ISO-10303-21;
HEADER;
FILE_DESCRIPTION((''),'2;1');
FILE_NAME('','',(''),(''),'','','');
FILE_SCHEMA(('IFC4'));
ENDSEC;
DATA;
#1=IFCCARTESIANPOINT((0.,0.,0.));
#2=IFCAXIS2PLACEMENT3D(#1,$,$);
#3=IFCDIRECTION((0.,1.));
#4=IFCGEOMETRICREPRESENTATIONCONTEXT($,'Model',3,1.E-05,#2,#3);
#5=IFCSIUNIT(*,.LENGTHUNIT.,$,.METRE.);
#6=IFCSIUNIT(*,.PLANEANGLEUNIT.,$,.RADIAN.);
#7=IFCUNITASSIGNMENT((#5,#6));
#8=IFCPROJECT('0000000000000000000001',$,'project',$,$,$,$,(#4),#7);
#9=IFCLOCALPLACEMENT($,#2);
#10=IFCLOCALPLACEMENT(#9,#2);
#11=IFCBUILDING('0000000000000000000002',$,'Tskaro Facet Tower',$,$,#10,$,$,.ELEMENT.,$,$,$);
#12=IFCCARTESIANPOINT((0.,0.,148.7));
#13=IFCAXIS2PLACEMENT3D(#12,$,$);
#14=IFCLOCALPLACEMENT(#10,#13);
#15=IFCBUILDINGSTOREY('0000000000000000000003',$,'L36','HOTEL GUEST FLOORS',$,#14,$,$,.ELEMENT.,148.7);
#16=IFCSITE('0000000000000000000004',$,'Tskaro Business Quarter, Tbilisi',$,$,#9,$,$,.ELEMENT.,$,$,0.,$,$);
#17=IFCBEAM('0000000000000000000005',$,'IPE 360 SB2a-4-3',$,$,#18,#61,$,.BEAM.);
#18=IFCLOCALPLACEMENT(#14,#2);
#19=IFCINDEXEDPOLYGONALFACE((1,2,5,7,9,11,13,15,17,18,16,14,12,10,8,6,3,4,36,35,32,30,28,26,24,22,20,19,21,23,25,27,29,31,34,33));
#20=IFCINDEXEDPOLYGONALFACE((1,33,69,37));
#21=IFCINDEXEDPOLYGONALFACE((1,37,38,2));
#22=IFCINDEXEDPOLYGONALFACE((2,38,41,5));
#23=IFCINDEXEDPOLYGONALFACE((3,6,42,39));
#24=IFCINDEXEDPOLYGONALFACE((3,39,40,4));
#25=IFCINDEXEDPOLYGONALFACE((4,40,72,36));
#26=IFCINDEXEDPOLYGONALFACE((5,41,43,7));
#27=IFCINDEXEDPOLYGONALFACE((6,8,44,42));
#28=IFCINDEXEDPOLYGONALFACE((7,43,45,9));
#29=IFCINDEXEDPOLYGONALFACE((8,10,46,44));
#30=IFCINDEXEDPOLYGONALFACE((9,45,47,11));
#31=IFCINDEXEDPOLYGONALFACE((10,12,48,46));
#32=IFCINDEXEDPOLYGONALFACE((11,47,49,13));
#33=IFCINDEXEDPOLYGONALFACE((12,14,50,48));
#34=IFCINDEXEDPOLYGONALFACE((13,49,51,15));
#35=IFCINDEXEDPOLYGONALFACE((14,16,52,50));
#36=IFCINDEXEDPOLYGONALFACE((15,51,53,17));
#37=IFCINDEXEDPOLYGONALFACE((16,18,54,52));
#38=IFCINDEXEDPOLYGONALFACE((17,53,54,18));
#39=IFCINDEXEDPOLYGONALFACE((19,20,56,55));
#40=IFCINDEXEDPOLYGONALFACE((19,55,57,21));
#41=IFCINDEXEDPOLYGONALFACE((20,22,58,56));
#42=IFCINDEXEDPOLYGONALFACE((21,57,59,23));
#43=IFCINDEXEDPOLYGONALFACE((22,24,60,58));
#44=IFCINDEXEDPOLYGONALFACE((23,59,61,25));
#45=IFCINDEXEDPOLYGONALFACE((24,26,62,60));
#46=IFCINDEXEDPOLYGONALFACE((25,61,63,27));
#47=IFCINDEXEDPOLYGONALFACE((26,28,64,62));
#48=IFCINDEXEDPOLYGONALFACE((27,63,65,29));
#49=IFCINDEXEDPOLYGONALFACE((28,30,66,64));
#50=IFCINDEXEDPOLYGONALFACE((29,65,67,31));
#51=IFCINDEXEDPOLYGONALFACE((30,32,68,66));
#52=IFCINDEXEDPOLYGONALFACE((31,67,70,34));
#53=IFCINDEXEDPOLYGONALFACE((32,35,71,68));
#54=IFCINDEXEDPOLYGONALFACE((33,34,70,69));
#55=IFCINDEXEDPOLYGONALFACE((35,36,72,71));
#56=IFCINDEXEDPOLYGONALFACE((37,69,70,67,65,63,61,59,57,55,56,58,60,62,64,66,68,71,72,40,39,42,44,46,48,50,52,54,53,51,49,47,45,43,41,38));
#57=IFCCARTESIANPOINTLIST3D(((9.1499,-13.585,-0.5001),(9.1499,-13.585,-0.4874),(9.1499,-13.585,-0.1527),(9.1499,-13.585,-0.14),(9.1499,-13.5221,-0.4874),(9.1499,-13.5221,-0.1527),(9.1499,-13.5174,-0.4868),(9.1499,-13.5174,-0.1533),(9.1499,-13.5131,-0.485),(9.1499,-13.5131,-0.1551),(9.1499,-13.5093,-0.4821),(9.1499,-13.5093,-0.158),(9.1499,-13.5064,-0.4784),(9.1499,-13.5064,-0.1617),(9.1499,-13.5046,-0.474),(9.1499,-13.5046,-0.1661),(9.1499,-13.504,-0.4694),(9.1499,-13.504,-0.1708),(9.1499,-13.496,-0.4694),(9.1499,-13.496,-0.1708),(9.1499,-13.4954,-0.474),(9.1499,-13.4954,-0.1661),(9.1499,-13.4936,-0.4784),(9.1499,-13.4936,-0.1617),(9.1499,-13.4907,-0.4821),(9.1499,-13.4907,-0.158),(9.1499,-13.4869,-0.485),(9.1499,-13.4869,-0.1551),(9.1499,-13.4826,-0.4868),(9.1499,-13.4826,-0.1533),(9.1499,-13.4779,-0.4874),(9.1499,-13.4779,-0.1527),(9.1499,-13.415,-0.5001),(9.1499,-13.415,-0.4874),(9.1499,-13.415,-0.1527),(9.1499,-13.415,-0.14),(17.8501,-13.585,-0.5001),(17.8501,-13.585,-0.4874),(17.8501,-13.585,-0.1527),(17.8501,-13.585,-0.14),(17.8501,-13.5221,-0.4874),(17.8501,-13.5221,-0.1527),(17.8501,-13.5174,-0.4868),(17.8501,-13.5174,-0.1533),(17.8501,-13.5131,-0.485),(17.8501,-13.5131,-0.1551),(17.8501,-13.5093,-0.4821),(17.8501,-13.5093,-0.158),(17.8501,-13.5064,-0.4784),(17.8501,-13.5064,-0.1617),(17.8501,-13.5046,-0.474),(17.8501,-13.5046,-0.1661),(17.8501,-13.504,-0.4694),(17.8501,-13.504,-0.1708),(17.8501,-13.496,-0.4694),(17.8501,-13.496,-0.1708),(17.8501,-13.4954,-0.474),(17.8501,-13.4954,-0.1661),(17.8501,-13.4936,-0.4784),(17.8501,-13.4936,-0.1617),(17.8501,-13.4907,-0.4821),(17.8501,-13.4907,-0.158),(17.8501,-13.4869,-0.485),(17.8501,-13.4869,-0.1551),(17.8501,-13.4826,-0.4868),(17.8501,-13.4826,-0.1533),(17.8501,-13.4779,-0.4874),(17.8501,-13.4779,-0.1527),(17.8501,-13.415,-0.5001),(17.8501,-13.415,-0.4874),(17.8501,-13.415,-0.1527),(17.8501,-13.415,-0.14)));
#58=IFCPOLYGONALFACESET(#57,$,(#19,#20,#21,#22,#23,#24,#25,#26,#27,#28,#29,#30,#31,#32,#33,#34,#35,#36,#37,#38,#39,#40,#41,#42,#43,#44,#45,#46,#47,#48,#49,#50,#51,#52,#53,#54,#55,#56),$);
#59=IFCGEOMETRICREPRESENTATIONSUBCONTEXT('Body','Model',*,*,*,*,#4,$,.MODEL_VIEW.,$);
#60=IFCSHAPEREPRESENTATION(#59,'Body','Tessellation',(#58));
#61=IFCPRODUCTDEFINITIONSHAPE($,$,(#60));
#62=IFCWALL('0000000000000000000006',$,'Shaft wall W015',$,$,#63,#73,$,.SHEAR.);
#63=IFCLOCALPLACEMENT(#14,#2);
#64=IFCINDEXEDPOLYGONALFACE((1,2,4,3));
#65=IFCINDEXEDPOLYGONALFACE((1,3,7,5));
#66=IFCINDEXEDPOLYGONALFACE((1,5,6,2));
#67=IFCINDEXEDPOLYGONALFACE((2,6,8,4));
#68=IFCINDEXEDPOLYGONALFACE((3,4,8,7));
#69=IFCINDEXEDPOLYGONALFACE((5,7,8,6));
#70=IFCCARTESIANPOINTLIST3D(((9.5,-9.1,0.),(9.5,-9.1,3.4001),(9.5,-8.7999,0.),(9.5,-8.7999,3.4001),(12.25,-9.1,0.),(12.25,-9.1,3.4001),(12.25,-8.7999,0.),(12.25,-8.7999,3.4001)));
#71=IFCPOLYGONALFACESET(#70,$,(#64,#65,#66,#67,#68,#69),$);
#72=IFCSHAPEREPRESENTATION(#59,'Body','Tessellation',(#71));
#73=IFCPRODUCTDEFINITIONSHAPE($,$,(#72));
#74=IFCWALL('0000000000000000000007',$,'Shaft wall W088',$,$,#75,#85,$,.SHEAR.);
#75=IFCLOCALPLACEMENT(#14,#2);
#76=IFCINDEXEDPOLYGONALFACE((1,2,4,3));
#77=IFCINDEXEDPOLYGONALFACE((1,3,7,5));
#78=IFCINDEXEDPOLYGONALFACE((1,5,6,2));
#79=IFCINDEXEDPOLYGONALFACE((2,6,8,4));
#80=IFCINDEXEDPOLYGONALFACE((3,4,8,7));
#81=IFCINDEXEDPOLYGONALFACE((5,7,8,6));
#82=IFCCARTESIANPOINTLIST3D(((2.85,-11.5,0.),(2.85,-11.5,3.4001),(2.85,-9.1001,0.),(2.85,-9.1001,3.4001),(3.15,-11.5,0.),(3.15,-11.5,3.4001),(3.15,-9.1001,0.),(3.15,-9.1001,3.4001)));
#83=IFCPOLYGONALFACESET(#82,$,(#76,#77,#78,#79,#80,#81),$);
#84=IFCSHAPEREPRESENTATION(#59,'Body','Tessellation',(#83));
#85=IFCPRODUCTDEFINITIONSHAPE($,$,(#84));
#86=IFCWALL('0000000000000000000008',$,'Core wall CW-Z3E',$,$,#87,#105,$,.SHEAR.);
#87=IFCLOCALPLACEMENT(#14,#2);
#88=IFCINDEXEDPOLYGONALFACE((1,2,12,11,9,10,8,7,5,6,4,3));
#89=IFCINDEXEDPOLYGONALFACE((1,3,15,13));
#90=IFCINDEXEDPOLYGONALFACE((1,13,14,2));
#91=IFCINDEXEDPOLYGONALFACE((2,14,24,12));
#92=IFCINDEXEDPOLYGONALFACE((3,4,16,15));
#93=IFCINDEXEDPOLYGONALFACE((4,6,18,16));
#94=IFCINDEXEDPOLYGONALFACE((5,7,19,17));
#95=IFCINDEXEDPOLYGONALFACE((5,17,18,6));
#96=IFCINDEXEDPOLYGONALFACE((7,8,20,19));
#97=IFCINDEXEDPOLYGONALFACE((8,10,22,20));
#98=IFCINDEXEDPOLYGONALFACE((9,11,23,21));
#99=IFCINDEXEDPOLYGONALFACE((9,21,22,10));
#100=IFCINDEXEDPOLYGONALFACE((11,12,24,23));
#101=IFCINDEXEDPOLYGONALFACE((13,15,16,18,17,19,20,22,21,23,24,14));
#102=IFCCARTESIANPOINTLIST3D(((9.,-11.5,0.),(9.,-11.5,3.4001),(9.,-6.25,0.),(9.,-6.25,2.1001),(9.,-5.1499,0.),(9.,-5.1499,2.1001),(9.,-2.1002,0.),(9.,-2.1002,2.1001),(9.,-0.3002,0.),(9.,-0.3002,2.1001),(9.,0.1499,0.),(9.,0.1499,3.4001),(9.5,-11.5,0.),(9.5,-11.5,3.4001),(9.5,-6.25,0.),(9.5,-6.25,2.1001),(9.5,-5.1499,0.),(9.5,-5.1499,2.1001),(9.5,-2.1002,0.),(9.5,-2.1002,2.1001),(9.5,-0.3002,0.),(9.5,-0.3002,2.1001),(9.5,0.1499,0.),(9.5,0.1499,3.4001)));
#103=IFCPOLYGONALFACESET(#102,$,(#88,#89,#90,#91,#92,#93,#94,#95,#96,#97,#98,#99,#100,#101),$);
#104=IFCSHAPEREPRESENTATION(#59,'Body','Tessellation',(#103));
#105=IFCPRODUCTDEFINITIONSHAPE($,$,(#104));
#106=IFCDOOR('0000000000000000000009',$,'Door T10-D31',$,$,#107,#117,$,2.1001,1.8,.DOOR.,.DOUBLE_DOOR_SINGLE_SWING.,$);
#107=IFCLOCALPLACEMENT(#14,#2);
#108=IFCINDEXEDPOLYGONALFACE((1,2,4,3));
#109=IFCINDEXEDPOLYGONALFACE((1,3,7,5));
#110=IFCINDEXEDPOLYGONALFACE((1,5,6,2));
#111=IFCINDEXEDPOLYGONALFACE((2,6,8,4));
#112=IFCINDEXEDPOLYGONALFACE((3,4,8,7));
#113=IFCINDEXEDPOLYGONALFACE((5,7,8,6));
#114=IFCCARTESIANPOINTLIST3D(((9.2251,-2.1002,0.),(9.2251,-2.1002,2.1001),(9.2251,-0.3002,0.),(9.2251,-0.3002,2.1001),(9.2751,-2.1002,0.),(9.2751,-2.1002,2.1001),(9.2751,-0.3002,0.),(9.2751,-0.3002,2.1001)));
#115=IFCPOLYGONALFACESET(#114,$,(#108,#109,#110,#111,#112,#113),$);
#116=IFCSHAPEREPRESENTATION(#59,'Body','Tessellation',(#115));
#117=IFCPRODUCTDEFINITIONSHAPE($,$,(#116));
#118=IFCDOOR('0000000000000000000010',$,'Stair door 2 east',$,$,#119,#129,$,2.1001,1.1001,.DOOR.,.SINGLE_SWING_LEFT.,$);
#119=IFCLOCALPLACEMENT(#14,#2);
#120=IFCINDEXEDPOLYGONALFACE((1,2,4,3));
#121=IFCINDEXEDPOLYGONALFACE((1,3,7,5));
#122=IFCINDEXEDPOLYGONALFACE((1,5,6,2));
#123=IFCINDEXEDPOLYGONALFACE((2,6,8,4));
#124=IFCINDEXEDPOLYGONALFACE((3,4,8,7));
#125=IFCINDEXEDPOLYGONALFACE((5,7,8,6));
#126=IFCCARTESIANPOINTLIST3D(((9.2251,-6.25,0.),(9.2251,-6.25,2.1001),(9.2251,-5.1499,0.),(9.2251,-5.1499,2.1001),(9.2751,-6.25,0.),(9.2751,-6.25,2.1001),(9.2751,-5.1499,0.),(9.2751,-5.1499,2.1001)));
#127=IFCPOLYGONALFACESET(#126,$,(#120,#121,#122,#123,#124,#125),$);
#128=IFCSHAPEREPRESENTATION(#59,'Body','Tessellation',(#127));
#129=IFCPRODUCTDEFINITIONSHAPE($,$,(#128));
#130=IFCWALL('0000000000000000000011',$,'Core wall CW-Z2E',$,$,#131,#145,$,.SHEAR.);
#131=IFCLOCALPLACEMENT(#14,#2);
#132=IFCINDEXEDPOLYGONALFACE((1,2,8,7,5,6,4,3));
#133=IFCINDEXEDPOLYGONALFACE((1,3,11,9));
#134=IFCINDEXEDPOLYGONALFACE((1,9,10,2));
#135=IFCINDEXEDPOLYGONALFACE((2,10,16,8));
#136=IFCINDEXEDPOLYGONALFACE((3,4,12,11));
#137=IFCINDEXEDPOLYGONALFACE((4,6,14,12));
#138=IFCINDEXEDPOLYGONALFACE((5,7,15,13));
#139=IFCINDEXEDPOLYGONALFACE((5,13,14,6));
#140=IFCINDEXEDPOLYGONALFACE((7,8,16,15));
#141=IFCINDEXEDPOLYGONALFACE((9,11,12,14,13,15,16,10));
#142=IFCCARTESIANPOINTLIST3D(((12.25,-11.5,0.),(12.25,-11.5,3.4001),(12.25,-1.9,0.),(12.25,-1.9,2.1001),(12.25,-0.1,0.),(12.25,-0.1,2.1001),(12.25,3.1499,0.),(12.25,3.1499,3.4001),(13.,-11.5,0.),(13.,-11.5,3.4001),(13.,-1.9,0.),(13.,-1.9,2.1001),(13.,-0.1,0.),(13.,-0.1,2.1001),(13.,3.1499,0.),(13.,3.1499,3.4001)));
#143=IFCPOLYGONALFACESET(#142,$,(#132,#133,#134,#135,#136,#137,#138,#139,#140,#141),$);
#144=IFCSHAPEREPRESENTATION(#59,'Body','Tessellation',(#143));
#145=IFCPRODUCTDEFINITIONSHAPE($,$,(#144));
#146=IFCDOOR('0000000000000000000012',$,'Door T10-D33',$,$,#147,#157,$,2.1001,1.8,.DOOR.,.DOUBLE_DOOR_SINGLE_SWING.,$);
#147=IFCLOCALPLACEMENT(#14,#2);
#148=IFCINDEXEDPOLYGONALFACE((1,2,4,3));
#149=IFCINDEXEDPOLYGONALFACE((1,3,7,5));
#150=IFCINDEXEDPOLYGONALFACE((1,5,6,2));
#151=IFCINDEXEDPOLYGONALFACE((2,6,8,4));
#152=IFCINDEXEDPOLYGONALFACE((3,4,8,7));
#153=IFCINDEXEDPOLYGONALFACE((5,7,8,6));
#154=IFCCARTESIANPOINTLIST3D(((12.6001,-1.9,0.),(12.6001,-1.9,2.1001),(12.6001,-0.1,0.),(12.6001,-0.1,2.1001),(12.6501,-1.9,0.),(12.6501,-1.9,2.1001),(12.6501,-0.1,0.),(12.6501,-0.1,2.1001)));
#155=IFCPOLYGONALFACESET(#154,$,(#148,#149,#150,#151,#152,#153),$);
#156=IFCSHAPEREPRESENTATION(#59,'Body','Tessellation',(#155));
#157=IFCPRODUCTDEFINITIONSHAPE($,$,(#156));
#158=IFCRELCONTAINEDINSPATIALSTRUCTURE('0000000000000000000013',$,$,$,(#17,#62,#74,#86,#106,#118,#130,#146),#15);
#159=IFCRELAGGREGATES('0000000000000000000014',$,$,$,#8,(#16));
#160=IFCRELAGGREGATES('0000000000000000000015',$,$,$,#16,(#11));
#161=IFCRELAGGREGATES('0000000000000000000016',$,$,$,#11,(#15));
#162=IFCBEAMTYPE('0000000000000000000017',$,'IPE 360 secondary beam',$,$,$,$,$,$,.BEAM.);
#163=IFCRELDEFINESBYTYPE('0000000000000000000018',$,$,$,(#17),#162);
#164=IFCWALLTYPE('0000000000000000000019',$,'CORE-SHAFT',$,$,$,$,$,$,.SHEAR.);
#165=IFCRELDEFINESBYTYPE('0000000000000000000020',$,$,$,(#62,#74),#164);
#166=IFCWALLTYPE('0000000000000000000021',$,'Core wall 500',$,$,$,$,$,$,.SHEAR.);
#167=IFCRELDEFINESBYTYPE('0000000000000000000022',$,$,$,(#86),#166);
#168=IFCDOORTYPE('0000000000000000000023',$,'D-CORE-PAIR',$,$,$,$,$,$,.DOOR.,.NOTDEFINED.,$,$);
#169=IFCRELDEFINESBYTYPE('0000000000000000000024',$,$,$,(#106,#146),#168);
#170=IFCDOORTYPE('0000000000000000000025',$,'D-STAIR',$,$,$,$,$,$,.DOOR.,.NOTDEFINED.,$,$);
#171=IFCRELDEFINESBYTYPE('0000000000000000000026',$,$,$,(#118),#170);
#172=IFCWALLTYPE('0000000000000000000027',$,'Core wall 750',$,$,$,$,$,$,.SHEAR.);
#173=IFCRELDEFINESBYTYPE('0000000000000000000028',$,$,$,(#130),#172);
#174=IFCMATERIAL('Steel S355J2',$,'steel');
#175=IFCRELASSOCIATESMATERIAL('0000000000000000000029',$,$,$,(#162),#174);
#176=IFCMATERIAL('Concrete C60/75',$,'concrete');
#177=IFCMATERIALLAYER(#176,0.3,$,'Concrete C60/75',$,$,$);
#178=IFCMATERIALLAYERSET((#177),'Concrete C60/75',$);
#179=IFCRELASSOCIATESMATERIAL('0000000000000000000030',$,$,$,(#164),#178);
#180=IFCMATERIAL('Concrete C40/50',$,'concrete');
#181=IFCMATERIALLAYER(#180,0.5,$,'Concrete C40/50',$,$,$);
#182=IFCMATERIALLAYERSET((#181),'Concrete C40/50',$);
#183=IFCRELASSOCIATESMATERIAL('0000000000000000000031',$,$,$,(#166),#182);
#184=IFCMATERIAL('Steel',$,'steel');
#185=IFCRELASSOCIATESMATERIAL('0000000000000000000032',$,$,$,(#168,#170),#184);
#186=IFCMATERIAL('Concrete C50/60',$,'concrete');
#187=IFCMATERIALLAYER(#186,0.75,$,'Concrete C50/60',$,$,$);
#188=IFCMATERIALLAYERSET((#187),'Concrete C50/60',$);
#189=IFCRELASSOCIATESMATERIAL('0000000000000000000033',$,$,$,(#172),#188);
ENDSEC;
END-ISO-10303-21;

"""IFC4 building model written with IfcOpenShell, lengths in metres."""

from ifc_helpers import new_model, si_unit, direction, frame, frame_2d, origin, origin_2d, place, context, subcontext, project, spatial, rectangle, i_section, extrude, material, layer, layer_set, material_profile, profile_set, type_object, element, fill, save


model = new_model("IFC4")

# Units and contexts
model_context = context("Model", 3, precision=1e-05, world=origin(), true_north=direction((0.0, 1.0)))
body_context = subcontext(model_context, "Body", "Model", "MODEL_VIEW")
ifc_project = project(units=[si_unit("LENGTHUNIT", "METRE"), si_unit("PLANEANGLEUNIT", "RADIAN")], contexts=[model_context])

# Site, building, storey
site_placement = place(None, origin())
site = spatial("IfcSite", under=ifc_project, at=site_placement, Name="Tskaro Business Quarter, Tbilisi", CompositionType="ELEMENT", RefElevation=0.0)
building_placement = place(site_placement, origin())
building = spatial("IfcBuilding", under=site, at=building_placement, Name="Tskaro Facet Tower", CompositionType="ELEMENT")
storey_placement = place(building_placement, frame((0.0, 0.0, 148.7)))
storey = spatial("IfcBuildingStorey", under=building, at=storey_placement, Name="L36", Description="HOTEL GUEST FLOORS", CompositionType="ELEMENT", Elevation=148.7)

# Beam
ifc_material_1 = material(Name="Steel S355J2", Category="steel")
ifc_material_profile = material_profile(ifc_material_1, i_section(OverallWidth=0.1699, OverallDepth=0.3601, WebThickness=0.0081, FlangeThickness=0.0127, FilletRadius=0.0181, at=origin_2d()), Name="IPE 360")
ifc_profile_set = profile_set([ifc_material_profile], Name="Steel S355J2")
beam_type = type_object("IfcBeamType", Name="IPE 360 secondary beam", PredefinedType="BEAM", material=ifc_profile_set)
beam_placement = place(storey_placement, frame((9.1499, -13.5, -0.3201), z_axis=(1.0, 0.0, 0.0), x_axis=(0.0, 1.0, 0.0)))
element("IfcBeam", 1, at=beam_placement, inside=storey, type_object=beam_type, Name="IPE 360 SB2a-4-3", PredefinedType="BEAM", context=body_context, shape_type="SweptSolid", body=[
    extrude(i_section(OverallWidth=0.1699, OverallDepth=0.3601, WebThickness=0.0081, FlangeThickness=0.0127, FilletRadius=0.0181, at=origin_2d()), origin(), (0.0, 0.0, 1.0), 8.7002),
])

# Walls
ifc_material_2 = material(Name="Concrete C60/75", Category="concrete")
ifc_layer_1 = layer(ifc_material_2, 0.3, Name="Concrete C60/75")
ifc_layer_set_1 = layer_set([ifc_layer_1], Name="Concrete C60/75")
wall_type_1 = type_object("IfcWallType", Name="CORE-SHAFT", PredefinedType="SHEAR", material=ifc_layer_set_1)
wall_1_placement = place(storey_placement, frame((9.5, -8.95, 0.0), z_axis=(0.0, 0.0, 1.0), x_axis=(1.0, 0.0, 0.0)))
element("IfcWall", 2, at=wall_1_placement, inside=storey, type_object=wall_type_1, Name="Shaft wall W015", PredefinedType="SHEAR", context=body_context, shape_type="SweptSolid", body=[
    extrude(rectangle(XDim=2.75, YDim=0.3, at=frame_2d((1.375, 0.0))), origin(), (0.0, 0.0, 1.0), 3.4001),
])
wall_2_placement = place(storey_placement, frame((3.0, -11.5, 0.0), z_axis=(0.0, 0.0, 1.0), x_axis=(0.0, 1.0, 0.0)))
element("IfcWall", 3, at=wall_2_placement, inside=storey, type_object=wall_type_1, Name="Shaft wall W088", PredefinedType="SHEAR", context=body_context, shape_type="SweptSolid", body=[
    extrude(rectangle(XDim=2.3999, YDim=0.3, at=frame_2d((1.2, 0.0))), origin(), (0.0, 0.0, 1.0), 3.4001),
])

# Wall, openings, doors
ifc_material_3 = material(Name="Concrete C40/50", Category="concrete")
ifc_layer_2 = layer(ifc_material_3, 0.5, Name="Concrete C40/50")
ifc_layer_set_2 = layer_set([ifc_layer_2], Name="Concrete C40/50")
wall_type_2 = type_object("IfcWallType", Name="Core wall 500", PredefinedType="SHEAR", material=ifc_layer_set_2)
wall_3_placement = place(storey_placement, frame((9.25, -11.5, 0.0), z_axis=(0.0, 0.0, 1.0), x_axis=(0.0, 1.0, 0.0)))
wall_3 = element("IfcWall", 4, at=wall_3_placement, inside=storey, type_object=wall_type_2, Name="Core wall CW-Z3E", PredefinedType="SHEAR", context=body_context, shape_type="SweptSolid", body=[
    extrude(rectangle(XDim=11.6499, YDim=0.5, at=frame_2d((5.825, 0.0))), origin(), (0.0, 0.0, 1.0), 3.4001),
])
opening_1_placement = place(wall_3_placement, frame((9.3999, 0.0, 0.0)))
opening_1 = element("IfcOpeningElement", 5, at=opening_1_placement, cuts=wall_3, PredefinedType="OPENING", context=body_context, shape_type="SweptSolid", body=[
    extrude(rectangle(XDim=1.8, YDim=2.1001, at=frame_2d((0.8999, 1.05))), frame((0.0, 0.26, 0.0), z_axis=(0.0, -1.0, 0.0), x_axis=(1.0, 0.0, 0.0)), (0.0, 0.0, 1.0), 0.52),
])
opening_2_placement = place(wall_3_placement, frame((5.25, 0.0, 0.0)))
opening_2 = element("IfcOpeningElement", 6, at=opening_2_placement, cuts=wall_3, PredefinedType="OPENING", context=body_context, shape_type="SweptSolid", body=[
    extrude(rectangle(XDim=1.1001, YDim=2.1001, at=frame_2d((0.55, 1.05))), frame((0.0, 0.26, 0.0), z_axis=(0.0, -1.0, 0.0), x_axis=(1.0, 0.0, 0.0)), (0.0, 0.0, 1.0), 0.52),
])
ifc_material_4 = material(Name="Steel", Category="steel")
door_type_1 = type_object("IfcDoorType", Name="D-CORE-PAIR", OperationType="NOTDEFINED", PredefinedType="DOOR", material=ifc_material_4)
door_1_placement = place(opening_1_placement, origin())
door_1 = element("IfcDoor", 7, at=door_1_placement, inside=storey, type_object=door_type_1, Name="Door T10-D31", OperationType="DOUBLE_DOOR_SINGLE_SWING", OverallHeight=2.1001, OverallWidth=1.8, PredefinedType="DOOR", context=body_context, shape_type="SweptSolid", body=[
    extrude(rectangle(XDim=1.8, YDim=2.1001, at=frame_2d((0.8999, 1.05))), frame((0.0, 0.0249, 0.0), z_axis=(0.0, -1.0, 0.0), x_axis=(1.0, 0.0, 0.0)), (0.0, 0.0, 1.0), 0.05),
])
fill(opening_1, door_1)
door_type_2 = type_object("IfcDoorType", Name="D-STAIR", OperationType="NOTDEFINED", PredefinedType="DOOR", material=ifc_material_4)
door_2_placement = place(opening_2_placement, origin())
door_2 = element("IfcDoor", 8, at=door_2_placement, inside=storey, type_object=door_type_2, Name="Stair door 2 east", OperationType="SINGLE_SWING_LEFT", OverallHeight=2.1001, OverallWidth=1.1001, PredefinedType="DOOR", context=body_context, shape_type="SweptSolid", body=[
    extrude(rectangle(XDim=1.1001, YDim=2.1001, at=frame_2d((0.55, 1.05))), frame((0.0, 0.0249, 0.0), z_axis=(0.0, -1.0, 0.0), x_axis=(1.0, 0.0, 0.0)), (0.0, 0.0, 1.0), 0.05),
])
fill(opening_2, door_2)

# Wall, opening, door
ifc_material_5 = material(Name="Concrete C50/60", Category="concrete")
ifc_layer_3 = layer(ifc_material_5, 0.75, Name="Concrete C50/60")
ifc_layer_set_3 = layer_set([ifc_layer_3], Name="Concrete C50/60")
wall_type_3 = type_object("IfcWallType", Name="Core wall 750", PredefinedType="SHEAR", material=ifc_layer_set_3)
wall_4_placement = place(storey_placement, frame((12.625, -11.5, 0.0), z_axis=(0.0, 0.0, 1.0), x_axis=(0.0, 1.0, 0.0)))
wall_4 = element("IfcWall", 9, at=wall_4_placement, inside=storey, type_object=wall_type_3, Name="Core wall CW-Z2E", PredefinedType="SHEAR", context=body_context, shape_type="SweptSolid", body=[
    extrude(rectangle(XDim=14.6499, YDim=0.75, at=frame_2d((7.325, 0.0))), origin(), (0.0, 0.0, 1.0), 3.4001),
])
opening_3_placement = place(wall_4_placement, frame((9.6001, 0.0, 0.0)))
opening_3 = element("IfcOpeningElement", 10, at=opening_3_placement, cuts=wall_4, PredefinedType="OPENING", context=body_context, shape_type="SweptSolid", body=[
    extrude(rectangle(XDim=1.8, YDim=2.1001, at=frame_2d((0.8999, 1.05))), frame((0.0, 0.385, 0.0), z_axis=(0.0, -1.0, 0.0), x_axis=(1.0, 0.0, 0.0)), (0.0, 0.0, 1.0), 0.77),
])
door_3_placement = place(opening_3_placement, origin())
door_3 = element("IfcDoor", 11, at=door_3_placement, inside=storey, type_object=door_type_1, Name="Door T10-D33", OperationType="DOUBLE_DOOR_SINGLE_SWING", OverallHeight=2.1001, OverallWidth=1.8, PredefinedType="DOOR", context=body_context, shape_type="SweptSolid", body=[
    extrude(rectangle(XDim=1.8, YDim=2.1001, at=frame_2d((0.8999, 1.05))), frame((0.0, 0.0249, 0.0), z_axis=(0.0, -1.0, 0.0), x_axis=(1.0, 0.0, 0.0)), (0.0, 0.0, 1.0), 0.05),
])
fill(opening_3, door_3)

save(model, "model.ifc")
